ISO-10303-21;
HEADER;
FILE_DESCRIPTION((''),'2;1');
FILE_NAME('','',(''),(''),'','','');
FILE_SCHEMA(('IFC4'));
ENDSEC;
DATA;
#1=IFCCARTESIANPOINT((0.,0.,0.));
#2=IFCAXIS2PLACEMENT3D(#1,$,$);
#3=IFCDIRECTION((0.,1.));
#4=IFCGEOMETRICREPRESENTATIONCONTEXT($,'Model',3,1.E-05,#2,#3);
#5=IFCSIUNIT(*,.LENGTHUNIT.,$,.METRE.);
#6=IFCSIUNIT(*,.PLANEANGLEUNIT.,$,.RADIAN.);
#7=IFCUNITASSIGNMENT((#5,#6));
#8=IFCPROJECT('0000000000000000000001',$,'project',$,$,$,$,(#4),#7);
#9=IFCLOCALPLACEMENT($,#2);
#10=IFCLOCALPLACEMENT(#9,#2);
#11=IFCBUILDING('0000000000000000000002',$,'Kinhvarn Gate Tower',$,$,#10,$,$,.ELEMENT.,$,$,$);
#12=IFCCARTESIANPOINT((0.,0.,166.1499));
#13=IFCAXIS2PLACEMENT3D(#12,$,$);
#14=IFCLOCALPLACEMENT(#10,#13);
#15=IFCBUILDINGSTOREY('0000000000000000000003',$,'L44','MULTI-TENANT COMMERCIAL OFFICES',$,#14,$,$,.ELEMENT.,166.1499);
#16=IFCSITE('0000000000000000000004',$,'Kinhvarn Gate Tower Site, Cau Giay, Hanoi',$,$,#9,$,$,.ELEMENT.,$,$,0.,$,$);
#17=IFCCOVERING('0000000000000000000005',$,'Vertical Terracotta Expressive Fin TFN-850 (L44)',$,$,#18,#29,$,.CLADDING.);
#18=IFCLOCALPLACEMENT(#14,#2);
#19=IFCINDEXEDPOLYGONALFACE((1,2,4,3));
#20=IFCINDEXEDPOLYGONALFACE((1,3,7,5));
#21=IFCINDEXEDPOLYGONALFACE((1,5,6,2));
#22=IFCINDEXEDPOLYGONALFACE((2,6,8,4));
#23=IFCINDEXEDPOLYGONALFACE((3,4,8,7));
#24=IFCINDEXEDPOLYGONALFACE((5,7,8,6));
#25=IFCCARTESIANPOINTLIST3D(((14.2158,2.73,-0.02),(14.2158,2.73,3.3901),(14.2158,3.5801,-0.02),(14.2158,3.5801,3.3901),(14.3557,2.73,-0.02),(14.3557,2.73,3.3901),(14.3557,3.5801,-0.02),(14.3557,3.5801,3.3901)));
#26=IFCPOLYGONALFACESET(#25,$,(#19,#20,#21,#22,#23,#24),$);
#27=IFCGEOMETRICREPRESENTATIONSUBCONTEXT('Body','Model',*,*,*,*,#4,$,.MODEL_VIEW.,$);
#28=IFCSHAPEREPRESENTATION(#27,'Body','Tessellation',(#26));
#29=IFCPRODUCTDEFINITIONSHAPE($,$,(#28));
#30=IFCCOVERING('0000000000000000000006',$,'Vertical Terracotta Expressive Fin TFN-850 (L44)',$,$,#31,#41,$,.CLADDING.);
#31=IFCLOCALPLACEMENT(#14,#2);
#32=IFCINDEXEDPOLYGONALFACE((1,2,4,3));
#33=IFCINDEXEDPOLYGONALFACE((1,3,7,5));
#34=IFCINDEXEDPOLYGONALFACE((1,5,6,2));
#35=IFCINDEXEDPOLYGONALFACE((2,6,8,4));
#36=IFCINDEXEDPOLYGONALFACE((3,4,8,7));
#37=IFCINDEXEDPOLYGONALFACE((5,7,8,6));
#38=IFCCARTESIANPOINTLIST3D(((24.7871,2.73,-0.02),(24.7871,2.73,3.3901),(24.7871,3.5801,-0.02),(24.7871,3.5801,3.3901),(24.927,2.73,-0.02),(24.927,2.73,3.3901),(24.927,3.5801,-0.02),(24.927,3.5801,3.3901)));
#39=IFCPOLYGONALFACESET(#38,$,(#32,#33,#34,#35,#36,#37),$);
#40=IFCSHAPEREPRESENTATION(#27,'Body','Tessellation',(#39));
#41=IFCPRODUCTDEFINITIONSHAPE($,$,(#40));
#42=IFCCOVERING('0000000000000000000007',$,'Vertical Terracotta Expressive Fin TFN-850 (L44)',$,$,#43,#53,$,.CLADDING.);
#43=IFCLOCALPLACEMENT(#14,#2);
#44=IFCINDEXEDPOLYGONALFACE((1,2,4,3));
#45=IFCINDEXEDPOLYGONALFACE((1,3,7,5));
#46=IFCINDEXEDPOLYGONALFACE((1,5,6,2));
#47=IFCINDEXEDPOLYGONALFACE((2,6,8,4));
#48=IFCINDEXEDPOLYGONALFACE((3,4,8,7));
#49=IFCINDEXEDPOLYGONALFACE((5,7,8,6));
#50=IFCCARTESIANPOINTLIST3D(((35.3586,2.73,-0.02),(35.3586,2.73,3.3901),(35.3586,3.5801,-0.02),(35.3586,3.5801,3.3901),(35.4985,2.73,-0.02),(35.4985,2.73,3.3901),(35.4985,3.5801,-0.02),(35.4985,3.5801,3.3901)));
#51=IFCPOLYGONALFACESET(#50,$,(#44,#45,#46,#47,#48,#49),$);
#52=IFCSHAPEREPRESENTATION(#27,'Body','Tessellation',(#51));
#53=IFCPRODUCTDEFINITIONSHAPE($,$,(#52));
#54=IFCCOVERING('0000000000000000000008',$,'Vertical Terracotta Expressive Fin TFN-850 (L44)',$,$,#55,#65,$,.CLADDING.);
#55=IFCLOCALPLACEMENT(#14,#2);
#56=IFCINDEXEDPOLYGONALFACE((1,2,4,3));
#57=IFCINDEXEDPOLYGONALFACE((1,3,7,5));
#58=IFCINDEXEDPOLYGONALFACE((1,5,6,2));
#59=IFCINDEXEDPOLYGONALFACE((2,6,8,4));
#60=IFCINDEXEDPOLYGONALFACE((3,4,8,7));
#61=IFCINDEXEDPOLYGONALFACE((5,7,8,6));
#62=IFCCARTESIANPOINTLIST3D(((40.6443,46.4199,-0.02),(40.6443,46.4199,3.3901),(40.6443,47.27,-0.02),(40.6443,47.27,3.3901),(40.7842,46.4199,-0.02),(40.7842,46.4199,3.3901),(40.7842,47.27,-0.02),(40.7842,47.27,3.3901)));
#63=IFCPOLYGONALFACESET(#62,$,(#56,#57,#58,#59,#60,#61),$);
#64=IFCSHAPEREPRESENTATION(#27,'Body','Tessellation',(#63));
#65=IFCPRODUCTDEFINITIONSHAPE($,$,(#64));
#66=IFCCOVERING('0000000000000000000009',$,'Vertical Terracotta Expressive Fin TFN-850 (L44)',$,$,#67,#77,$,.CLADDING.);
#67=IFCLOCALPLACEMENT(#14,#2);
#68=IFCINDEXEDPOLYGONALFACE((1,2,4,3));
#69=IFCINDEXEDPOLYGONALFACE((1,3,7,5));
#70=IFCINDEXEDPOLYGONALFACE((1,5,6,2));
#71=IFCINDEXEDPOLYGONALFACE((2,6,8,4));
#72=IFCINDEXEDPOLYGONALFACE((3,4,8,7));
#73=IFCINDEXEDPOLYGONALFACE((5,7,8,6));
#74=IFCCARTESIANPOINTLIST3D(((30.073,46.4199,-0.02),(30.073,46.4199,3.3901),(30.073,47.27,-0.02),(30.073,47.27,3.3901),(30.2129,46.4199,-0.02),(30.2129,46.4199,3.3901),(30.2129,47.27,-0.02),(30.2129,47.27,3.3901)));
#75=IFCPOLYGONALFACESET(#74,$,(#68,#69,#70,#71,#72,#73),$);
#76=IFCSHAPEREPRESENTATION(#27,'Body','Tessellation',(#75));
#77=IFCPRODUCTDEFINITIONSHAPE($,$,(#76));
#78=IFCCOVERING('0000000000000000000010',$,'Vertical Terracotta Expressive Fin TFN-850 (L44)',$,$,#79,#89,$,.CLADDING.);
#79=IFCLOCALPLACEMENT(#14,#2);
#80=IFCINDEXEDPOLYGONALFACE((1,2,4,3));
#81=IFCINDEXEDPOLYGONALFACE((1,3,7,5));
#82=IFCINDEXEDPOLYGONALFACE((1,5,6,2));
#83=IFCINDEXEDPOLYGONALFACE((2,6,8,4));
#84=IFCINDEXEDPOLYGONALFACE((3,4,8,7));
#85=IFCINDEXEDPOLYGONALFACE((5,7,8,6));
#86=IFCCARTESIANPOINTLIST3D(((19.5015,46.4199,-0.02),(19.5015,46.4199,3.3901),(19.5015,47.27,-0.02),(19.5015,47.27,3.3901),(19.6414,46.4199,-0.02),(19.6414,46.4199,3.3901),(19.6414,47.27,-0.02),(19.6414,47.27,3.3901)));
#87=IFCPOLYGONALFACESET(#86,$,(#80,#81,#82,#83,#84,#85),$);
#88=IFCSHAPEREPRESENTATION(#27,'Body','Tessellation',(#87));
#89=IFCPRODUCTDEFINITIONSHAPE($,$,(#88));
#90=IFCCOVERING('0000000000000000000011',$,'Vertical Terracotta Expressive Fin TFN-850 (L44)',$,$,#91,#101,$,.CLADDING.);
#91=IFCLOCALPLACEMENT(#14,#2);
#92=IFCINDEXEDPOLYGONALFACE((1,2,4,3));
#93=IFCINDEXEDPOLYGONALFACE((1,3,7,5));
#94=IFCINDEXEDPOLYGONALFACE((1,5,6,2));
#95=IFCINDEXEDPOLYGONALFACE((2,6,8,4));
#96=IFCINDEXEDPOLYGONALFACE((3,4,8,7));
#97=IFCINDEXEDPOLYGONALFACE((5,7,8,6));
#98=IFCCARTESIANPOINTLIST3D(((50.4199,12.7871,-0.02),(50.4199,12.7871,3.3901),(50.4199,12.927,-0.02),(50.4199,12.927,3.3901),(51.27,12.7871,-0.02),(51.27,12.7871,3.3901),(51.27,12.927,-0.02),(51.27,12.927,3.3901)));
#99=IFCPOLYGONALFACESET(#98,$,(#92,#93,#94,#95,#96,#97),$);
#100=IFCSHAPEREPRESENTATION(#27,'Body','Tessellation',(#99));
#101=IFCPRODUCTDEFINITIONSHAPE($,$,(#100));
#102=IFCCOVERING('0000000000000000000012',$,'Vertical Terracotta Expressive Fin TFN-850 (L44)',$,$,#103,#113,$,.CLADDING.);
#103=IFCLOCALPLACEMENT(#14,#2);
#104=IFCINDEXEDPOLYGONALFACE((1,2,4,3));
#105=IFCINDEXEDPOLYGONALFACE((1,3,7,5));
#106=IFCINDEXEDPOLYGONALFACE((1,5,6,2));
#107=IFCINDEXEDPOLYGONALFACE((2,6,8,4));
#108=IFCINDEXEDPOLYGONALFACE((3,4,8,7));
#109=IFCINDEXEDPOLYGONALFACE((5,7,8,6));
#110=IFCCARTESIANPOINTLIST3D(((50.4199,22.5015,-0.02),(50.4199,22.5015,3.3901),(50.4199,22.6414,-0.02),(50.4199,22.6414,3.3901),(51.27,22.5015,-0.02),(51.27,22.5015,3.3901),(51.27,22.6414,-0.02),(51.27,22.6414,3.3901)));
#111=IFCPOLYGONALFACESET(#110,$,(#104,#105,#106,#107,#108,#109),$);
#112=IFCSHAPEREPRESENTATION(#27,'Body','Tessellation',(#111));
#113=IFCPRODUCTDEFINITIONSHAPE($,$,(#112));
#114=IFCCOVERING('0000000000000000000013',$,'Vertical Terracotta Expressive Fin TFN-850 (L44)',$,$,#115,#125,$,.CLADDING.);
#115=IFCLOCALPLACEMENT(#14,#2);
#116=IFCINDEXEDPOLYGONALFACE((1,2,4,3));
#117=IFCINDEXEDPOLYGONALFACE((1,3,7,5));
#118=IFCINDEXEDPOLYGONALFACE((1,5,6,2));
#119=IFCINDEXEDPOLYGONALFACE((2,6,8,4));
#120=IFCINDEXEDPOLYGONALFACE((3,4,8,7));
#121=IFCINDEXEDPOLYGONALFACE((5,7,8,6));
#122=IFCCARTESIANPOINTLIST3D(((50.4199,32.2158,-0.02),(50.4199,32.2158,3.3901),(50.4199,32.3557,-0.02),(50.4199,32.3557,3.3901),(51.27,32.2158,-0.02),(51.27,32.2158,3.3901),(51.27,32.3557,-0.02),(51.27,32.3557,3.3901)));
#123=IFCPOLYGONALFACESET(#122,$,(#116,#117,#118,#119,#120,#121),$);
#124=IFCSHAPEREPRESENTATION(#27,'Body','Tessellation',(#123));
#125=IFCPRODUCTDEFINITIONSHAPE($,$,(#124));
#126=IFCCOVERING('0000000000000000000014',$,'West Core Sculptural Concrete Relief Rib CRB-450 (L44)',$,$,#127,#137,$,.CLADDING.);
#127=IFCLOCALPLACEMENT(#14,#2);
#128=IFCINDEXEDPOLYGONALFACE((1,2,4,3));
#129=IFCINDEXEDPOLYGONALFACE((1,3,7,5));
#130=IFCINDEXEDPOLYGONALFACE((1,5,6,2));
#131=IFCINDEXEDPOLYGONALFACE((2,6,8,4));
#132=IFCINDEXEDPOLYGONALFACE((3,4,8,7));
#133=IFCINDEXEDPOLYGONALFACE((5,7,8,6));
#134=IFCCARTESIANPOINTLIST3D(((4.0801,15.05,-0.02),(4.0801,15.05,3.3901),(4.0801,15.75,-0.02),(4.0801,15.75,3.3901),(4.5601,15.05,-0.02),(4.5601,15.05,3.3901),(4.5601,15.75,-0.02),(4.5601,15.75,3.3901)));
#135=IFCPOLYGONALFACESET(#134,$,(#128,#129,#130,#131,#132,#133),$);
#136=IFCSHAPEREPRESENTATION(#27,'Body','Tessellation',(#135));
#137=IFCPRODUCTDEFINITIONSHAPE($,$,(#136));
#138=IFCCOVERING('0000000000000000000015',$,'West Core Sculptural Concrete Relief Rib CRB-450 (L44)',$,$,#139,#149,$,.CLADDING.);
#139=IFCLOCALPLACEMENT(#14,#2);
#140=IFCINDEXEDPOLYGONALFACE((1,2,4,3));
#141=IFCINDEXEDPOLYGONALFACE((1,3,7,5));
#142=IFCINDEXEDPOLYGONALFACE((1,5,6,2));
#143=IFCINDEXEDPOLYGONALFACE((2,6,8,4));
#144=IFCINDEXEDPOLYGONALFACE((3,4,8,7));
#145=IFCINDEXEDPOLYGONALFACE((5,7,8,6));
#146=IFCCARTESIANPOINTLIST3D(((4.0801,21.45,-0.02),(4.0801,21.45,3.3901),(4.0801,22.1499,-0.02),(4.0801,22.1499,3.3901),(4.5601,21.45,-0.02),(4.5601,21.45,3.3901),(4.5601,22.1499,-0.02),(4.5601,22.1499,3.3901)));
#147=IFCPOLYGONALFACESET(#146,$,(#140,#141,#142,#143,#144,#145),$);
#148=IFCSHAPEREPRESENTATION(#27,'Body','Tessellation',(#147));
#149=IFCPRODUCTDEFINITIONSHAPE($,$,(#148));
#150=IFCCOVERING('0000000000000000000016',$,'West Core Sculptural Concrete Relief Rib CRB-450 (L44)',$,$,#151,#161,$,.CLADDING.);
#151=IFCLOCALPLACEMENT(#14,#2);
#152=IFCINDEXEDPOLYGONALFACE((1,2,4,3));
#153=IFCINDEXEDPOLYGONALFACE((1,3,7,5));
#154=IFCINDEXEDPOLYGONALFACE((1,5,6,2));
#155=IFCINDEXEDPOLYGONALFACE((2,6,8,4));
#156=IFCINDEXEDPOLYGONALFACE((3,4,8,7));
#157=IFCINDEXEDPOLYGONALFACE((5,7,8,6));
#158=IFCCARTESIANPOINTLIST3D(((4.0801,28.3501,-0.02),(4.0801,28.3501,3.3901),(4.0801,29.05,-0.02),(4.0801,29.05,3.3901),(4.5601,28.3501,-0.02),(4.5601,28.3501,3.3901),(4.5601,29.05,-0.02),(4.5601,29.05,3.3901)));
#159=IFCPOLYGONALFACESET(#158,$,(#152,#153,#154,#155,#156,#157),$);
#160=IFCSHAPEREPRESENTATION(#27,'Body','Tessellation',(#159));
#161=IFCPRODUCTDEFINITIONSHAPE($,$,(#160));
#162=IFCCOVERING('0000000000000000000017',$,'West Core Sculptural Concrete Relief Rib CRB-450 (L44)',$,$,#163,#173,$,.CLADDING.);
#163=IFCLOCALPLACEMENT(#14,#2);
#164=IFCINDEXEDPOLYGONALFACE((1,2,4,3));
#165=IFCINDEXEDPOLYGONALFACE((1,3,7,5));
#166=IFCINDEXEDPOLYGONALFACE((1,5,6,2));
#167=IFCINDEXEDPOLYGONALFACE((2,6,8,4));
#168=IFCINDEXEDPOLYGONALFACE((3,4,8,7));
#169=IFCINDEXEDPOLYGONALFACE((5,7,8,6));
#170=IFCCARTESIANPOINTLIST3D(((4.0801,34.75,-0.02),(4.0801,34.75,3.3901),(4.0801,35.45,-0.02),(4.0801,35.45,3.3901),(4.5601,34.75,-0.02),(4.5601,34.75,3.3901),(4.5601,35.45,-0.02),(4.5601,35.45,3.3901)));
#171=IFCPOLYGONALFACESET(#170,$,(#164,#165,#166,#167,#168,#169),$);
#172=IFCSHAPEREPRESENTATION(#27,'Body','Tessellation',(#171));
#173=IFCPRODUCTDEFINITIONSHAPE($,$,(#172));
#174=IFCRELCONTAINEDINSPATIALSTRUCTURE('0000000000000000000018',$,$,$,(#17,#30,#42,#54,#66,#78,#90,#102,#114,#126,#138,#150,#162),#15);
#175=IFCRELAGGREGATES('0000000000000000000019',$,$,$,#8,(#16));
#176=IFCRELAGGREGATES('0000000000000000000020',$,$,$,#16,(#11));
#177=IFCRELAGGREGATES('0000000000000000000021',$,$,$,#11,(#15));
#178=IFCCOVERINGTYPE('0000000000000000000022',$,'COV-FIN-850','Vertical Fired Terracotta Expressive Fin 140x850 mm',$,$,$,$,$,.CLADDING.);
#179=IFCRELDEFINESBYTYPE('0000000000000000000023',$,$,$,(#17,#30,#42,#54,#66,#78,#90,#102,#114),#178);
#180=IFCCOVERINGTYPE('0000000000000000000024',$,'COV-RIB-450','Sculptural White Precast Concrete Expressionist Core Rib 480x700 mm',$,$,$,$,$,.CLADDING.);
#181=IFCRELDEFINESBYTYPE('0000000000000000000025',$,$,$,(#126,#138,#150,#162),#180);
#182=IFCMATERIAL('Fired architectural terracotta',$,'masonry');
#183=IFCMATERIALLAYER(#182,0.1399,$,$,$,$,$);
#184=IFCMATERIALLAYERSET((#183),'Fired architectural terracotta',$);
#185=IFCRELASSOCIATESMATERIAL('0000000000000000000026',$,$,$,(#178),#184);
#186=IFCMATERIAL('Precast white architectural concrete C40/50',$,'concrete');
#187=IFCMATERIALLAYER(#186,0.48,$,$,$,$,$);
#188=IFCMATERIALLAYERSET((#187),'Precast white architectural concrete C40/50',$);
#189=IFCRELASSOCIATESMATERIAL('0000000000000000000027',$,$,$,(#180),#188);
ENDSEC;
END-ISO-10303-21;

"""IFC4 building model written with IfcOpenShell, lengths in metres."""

from ifc_helpers import new_model, si_unit, direction, frame, origin, place, context, subcontext, project, spatial, polyline, outline, extrude, material, layer, layer_set, type_object, element, save


model = new_model("IFC4")

# Units and contexts
model_context = context("Model", 3, precision=1e-05, world=origin(), true_north=direction((0.0, 1.0)))
body_context = subcontext(model_context, "Body", "Model", "MODEL_VIEW")
ifc_project = project(units=[si_unit("LENGTHUNIT", "METRE"), si_unit("PLANEANGLEUNIT", "RADIAN")], contexts=[model_context])

# Site, building, storey
site_placement = place(None, origin())
site = spatial("IfcSite", under=ifc_project, at=site_placement, Name="Kinhvarn Gate Tower Site, Cau Giay, Hanoi", CompositionType="ELEMENT", RefElevation=0.0)
building_placement = place(site_placement, origin())
building = spatial("IfcBuilding", under=site, at=building_placement, Name="Kinhvarn Gate Tower", CompositionType="ELEMENT")
storey_placement = place(building_placement, frame((0.0, 0.0, 166.1499)))
storey = spatial("IfcBuildingStorey", under=building, at=storey_placement, Name="L44", Description="MULTI-TENANT COMMERCIAL OFFICES", CompositionType="ELEMENT", Elevation=166.1499)

# Coverings
ifc_material_1 = material(Name="Fired architectural terracotta", Category="masonry")
ifc_layer_1 = layer(ifc_material_1, 0.1399)
ifc_layer_set_1 = layer_set([ifc_layer_1], Name="Fired architectural terracotta")
covering_type_1 = type_object("IfcCoveringType", Name="COV-FIN-850", Description="Vertical Fired Terracotta Expressive Fin 140x850 mm", PredefinedType="CLADDING", material=ifc_layer_set_1)
covering_1_placement = place(storey_placement, frame((0.0, 0.0, -0.02)))
element("IfcCovering", 1, at=covering_1_placement, inside=storey, type_object=covering_type_1, Name="Vertical Terracotta Expressive Fin TFN-850 (L44)", PredefinedType="CLADDING", context=body_context, shape_type="SweptSolid", body=[
    extrude(outline(polyline([(14.2158, 3.5801), (14.3557, 3.5801), (14.3557, 2.73), (14.2158, 2.73), (14.2158, 3.5801)])), origin(), (0.0, 0.0, 1.0), 3.4102),
])
covering_2_placement = place(storey_placement, frame((0.0, 0.0, -0.02)))
element("IfcCovering", 2, at=covering_2_placement, inside=storey, type_object=covering_type_1, Name="Vertical Terracotta Expressive Fin TFN-850 (L44)", PredefinedType="CLADDING", context=body_context, shape_type="SweptSolid", body=[
    extrude(outline(polyline([(24.7871, 3.5801), (24.927, 3.5801), (24.927, 2.73), (24.7871, 2.73), (24.7871, 3.5801)])), origin(), (0.0, 0.0, 1.0), 3.4102),
])
covering_3_placement = place(storey_placement, frame((0.0, 0.0, -0.02)))
element("IfcCovering", 3, at=covering_3_placement, inside=storey, type_object=covering_type_1, Name="Vertical Terracotta Expressive Fin TFN-850 (L44)", PredefinedType="CLADDING", context=body_context, shape_type="SweptSolid", body=[
    extrude(outline(polyline([(35.3586, 3.5801), (35.4985, 3.5801), (35.4985, 2.73), (35.3586, 2.73), (35.3586, 3.5801)])), origin(), (0.0, 0.0, 1.0), 3.4102),
])
covering_4_placement = place(storey_placement, frame((0.0, 0.0, -0.02)))
element("IfcCovering", 4, at=covering_4_placement, inside=storey, type_object=covering_type_1, Name="Vertical Terracotta Expressive Fin TFN-850 (L44)", PredefinedType="CLADDING", context=body_context, shape_type="SweptSolid", body=[
    extrude(outline(polyline([(40.7842, 46.4199), (40.6443, 46.4199), (40.6443, 47.27), (40.7842, 47.27), (40.7842, 46.4199)])), origin(), (0.0, 0.0, 1.0), 3.4102),
])
covering_5_placement = place(storey_placement, frame((0.0, 0.0, -0.02)))
element("IfcCovering", 5, at=covering_5_placement, inside=storey, type_object=covering_type_1, Name="Vertical Terracotta Expressive Fin TFN-850 (L44)", PredefinedType="CLADDING", context=body_context, shape_type="SweptSolid", body=[
    extrude(outline(polyline([(30.2129, 46.4199), (30.073, 46.4199), (30.073, 47.27), (30.2129, 47.27), (30.2129, 46.4199)])), origin(), (0.0, 0.0, 1.0), 3.4102),
])
covering_6_placement = place(storey_placement, frame((0.0, 0.0, -0.02)))
element("IfcCovering", 6, at=covering_6_placement, inside=storey, type_object=covering_type_1, Name="Vertical Terracotta Expressive Fin TFN-850 (L44)", PredefinedType="CLADDING", context=body_context, shape_type="SweptSolid", body=[
    extrude(outline(polyline([(19.6414, 46.4199), (19.5015, 46.4199), (19.5015, 47.27), (19.6414, 47.27), (19.6414, 46.4199)])), origin(), (0.0, 0.0, 1.0), 3.4102),
])
covering_7_placement = place(storey_placement, frame((0.0, 0.0, -0.02)))
element("IfcCovering", 7, at=covering_7_placement, inside=storey, type_object=covering_type_1, Name="Vertical Terracotta Expressive Fin TFN-850 (L44)", PredefinedType="CLADDING", context=body_context, shape_type="SweptSolid", body=[
    extrude(outline(polyline([(50.4199, 12.7871), (50.4199, 12.927), (51.27, 12.927), (51.27, 12.7871), (50.4199, 12.7871)])), origin(), (0.0, 0.0, 1.0), 3.4102),
])
covering_8_placement = place(storey_placement, frame((0.0, 0.0, -0.02)))
element("IfcCovering", 8, at=covering_8_placement, inside=storey, type_object=covering_type_1, Name="Vertical Terracotta Expressive Fin TFN-850 (L44)", PredefinedType="CLADDING", context=body_context, shape_type="SweptSolid", body=[
    extrude(outline(polyline([(50.4199, 22.5015), (50.4199, 22.6414), (51.27, 22.6414), (51.27, 22.5015), (50.4199, 22.5015)])), origin(), (0.0, 0.0, 1.0), 3.4102),
])
covering_9_placement = place(storey_placement, frame((0.0, 0.0, -0.02)))
element("IfcCovering", 9, at=covering_9_placement, inside=storey, type_object=covering_type_1, Name="Vertical Terracotta Expressive Fin TFN-850 (L44)", PredefinedType="CLADDING", context=body_context, shape_type="SweptSolid", body=[
    extrude(outline(polyline([(50.4199, 32.2158), (50.4199, 32.3557), (51.27, 32.3557), (51.27, 32.2158), (50.4199, 32.2158)])), origin(), (0.0, 0.0, 1.0), 3.4102),
])
ifc_material_2 = material(Name="Precast white architectural concrete C40/50", Category="concrete")
ifc_layer_2 = layer(ifc_material_2, 0.48)
ifc_layer_set_2 = layer_set([ifc_layer_2], Name="Precast white architectural concrete C40/50")
covering_type_2 = type_object("IfcCoveringType", Name="COV-RIB-450", Description="Sculptural White Precast Concrete Expressionist Core Rib 480x700 mm", PredefinedType="CLADDING", material=ifc_layer_set_2)
covering_10_placement = place(storey_placement, frame((0.0, 0.0, -0.02)))
element("IfcCovering", 10, at=covering_10_placement, inside=storey, type_object=covering_type_2, Name="West Core Sculptural Concrete Relief Rib CRB-450 (L44)", PredefinedType="CLADDING", context=body_context, shape_type="SweptSolid", body=[
    extrude(outline(polyline([(4.0801, 15.05), (4.5601, 15.05), (4.5601, 15.75), (4.0801, 15.75), (4.0801, 15.05)])), origin(), (0.0, 0.0, 1.0), 3.4102),
])
covering_11_placement = place(storey_placement, frame((0.0, 0.0, -0.02)))
element("IfcCovering", 11, at=covering_11_placement, inside=storey, type_object=covering_type_2, Name="West Core Sculptural Concrete Relief Rib CRB-450 (L44)", PredefinedType="CLADDING", context=body_context, shape_type="SweptSolid", body=[
    extrude(outline(polyline([(4.0801, 21.45), (4.5601, 21.45), (4.5601, 22.1499), (4.0801, 22.1499), (4.0801, 21.45)])), origin(), (0.0, 0.0, 1.0), 3.4102),
])
covering_12_placement = place(storey_placement, frame((0.0, 0.0, -0.02)))
element("IfcCovering", 12, at=covering_12_placement, inside=storey, type_object=covering_type_2, Name="West Core Sculptural Concrete Relief Rib CRB-450 (L44)", PredefinedType="CLADDING", context=body_context, shape_type="SweptSolid", body=[
    extrude(outline(polyline([(4.0801, 28.3501), (4.5601, 28.3501), (4.5601, 29.05), (4.0801, 29.05), (4.0801, 28.3501)])), origin(), (0.0, 0.0, 1.0), 3.4102),
])
covering_13_placement = place(storey_placement, frame((0.0, 0.0, -0.02)))
element("IfcCovering", 13, at=covering_13_placement, inside=storey, type_object=covering_type_2, Name="West Core Sculptural Concrete Relief Rib CRB-450 (L44)", PredefinedType="CLADDING", context=body_context, shape_type="SweptSolid", body=[
    extrude(outline(polyline([(4.0801, 34.75), (4.5601, 34.75), (4.5601, 35.45), (4.0801, 35.45), (4.0801, 34.75)])), origin(), (0.0, 0.0, 1.0), 3.4102),
])

save(model, "model.ifc")
